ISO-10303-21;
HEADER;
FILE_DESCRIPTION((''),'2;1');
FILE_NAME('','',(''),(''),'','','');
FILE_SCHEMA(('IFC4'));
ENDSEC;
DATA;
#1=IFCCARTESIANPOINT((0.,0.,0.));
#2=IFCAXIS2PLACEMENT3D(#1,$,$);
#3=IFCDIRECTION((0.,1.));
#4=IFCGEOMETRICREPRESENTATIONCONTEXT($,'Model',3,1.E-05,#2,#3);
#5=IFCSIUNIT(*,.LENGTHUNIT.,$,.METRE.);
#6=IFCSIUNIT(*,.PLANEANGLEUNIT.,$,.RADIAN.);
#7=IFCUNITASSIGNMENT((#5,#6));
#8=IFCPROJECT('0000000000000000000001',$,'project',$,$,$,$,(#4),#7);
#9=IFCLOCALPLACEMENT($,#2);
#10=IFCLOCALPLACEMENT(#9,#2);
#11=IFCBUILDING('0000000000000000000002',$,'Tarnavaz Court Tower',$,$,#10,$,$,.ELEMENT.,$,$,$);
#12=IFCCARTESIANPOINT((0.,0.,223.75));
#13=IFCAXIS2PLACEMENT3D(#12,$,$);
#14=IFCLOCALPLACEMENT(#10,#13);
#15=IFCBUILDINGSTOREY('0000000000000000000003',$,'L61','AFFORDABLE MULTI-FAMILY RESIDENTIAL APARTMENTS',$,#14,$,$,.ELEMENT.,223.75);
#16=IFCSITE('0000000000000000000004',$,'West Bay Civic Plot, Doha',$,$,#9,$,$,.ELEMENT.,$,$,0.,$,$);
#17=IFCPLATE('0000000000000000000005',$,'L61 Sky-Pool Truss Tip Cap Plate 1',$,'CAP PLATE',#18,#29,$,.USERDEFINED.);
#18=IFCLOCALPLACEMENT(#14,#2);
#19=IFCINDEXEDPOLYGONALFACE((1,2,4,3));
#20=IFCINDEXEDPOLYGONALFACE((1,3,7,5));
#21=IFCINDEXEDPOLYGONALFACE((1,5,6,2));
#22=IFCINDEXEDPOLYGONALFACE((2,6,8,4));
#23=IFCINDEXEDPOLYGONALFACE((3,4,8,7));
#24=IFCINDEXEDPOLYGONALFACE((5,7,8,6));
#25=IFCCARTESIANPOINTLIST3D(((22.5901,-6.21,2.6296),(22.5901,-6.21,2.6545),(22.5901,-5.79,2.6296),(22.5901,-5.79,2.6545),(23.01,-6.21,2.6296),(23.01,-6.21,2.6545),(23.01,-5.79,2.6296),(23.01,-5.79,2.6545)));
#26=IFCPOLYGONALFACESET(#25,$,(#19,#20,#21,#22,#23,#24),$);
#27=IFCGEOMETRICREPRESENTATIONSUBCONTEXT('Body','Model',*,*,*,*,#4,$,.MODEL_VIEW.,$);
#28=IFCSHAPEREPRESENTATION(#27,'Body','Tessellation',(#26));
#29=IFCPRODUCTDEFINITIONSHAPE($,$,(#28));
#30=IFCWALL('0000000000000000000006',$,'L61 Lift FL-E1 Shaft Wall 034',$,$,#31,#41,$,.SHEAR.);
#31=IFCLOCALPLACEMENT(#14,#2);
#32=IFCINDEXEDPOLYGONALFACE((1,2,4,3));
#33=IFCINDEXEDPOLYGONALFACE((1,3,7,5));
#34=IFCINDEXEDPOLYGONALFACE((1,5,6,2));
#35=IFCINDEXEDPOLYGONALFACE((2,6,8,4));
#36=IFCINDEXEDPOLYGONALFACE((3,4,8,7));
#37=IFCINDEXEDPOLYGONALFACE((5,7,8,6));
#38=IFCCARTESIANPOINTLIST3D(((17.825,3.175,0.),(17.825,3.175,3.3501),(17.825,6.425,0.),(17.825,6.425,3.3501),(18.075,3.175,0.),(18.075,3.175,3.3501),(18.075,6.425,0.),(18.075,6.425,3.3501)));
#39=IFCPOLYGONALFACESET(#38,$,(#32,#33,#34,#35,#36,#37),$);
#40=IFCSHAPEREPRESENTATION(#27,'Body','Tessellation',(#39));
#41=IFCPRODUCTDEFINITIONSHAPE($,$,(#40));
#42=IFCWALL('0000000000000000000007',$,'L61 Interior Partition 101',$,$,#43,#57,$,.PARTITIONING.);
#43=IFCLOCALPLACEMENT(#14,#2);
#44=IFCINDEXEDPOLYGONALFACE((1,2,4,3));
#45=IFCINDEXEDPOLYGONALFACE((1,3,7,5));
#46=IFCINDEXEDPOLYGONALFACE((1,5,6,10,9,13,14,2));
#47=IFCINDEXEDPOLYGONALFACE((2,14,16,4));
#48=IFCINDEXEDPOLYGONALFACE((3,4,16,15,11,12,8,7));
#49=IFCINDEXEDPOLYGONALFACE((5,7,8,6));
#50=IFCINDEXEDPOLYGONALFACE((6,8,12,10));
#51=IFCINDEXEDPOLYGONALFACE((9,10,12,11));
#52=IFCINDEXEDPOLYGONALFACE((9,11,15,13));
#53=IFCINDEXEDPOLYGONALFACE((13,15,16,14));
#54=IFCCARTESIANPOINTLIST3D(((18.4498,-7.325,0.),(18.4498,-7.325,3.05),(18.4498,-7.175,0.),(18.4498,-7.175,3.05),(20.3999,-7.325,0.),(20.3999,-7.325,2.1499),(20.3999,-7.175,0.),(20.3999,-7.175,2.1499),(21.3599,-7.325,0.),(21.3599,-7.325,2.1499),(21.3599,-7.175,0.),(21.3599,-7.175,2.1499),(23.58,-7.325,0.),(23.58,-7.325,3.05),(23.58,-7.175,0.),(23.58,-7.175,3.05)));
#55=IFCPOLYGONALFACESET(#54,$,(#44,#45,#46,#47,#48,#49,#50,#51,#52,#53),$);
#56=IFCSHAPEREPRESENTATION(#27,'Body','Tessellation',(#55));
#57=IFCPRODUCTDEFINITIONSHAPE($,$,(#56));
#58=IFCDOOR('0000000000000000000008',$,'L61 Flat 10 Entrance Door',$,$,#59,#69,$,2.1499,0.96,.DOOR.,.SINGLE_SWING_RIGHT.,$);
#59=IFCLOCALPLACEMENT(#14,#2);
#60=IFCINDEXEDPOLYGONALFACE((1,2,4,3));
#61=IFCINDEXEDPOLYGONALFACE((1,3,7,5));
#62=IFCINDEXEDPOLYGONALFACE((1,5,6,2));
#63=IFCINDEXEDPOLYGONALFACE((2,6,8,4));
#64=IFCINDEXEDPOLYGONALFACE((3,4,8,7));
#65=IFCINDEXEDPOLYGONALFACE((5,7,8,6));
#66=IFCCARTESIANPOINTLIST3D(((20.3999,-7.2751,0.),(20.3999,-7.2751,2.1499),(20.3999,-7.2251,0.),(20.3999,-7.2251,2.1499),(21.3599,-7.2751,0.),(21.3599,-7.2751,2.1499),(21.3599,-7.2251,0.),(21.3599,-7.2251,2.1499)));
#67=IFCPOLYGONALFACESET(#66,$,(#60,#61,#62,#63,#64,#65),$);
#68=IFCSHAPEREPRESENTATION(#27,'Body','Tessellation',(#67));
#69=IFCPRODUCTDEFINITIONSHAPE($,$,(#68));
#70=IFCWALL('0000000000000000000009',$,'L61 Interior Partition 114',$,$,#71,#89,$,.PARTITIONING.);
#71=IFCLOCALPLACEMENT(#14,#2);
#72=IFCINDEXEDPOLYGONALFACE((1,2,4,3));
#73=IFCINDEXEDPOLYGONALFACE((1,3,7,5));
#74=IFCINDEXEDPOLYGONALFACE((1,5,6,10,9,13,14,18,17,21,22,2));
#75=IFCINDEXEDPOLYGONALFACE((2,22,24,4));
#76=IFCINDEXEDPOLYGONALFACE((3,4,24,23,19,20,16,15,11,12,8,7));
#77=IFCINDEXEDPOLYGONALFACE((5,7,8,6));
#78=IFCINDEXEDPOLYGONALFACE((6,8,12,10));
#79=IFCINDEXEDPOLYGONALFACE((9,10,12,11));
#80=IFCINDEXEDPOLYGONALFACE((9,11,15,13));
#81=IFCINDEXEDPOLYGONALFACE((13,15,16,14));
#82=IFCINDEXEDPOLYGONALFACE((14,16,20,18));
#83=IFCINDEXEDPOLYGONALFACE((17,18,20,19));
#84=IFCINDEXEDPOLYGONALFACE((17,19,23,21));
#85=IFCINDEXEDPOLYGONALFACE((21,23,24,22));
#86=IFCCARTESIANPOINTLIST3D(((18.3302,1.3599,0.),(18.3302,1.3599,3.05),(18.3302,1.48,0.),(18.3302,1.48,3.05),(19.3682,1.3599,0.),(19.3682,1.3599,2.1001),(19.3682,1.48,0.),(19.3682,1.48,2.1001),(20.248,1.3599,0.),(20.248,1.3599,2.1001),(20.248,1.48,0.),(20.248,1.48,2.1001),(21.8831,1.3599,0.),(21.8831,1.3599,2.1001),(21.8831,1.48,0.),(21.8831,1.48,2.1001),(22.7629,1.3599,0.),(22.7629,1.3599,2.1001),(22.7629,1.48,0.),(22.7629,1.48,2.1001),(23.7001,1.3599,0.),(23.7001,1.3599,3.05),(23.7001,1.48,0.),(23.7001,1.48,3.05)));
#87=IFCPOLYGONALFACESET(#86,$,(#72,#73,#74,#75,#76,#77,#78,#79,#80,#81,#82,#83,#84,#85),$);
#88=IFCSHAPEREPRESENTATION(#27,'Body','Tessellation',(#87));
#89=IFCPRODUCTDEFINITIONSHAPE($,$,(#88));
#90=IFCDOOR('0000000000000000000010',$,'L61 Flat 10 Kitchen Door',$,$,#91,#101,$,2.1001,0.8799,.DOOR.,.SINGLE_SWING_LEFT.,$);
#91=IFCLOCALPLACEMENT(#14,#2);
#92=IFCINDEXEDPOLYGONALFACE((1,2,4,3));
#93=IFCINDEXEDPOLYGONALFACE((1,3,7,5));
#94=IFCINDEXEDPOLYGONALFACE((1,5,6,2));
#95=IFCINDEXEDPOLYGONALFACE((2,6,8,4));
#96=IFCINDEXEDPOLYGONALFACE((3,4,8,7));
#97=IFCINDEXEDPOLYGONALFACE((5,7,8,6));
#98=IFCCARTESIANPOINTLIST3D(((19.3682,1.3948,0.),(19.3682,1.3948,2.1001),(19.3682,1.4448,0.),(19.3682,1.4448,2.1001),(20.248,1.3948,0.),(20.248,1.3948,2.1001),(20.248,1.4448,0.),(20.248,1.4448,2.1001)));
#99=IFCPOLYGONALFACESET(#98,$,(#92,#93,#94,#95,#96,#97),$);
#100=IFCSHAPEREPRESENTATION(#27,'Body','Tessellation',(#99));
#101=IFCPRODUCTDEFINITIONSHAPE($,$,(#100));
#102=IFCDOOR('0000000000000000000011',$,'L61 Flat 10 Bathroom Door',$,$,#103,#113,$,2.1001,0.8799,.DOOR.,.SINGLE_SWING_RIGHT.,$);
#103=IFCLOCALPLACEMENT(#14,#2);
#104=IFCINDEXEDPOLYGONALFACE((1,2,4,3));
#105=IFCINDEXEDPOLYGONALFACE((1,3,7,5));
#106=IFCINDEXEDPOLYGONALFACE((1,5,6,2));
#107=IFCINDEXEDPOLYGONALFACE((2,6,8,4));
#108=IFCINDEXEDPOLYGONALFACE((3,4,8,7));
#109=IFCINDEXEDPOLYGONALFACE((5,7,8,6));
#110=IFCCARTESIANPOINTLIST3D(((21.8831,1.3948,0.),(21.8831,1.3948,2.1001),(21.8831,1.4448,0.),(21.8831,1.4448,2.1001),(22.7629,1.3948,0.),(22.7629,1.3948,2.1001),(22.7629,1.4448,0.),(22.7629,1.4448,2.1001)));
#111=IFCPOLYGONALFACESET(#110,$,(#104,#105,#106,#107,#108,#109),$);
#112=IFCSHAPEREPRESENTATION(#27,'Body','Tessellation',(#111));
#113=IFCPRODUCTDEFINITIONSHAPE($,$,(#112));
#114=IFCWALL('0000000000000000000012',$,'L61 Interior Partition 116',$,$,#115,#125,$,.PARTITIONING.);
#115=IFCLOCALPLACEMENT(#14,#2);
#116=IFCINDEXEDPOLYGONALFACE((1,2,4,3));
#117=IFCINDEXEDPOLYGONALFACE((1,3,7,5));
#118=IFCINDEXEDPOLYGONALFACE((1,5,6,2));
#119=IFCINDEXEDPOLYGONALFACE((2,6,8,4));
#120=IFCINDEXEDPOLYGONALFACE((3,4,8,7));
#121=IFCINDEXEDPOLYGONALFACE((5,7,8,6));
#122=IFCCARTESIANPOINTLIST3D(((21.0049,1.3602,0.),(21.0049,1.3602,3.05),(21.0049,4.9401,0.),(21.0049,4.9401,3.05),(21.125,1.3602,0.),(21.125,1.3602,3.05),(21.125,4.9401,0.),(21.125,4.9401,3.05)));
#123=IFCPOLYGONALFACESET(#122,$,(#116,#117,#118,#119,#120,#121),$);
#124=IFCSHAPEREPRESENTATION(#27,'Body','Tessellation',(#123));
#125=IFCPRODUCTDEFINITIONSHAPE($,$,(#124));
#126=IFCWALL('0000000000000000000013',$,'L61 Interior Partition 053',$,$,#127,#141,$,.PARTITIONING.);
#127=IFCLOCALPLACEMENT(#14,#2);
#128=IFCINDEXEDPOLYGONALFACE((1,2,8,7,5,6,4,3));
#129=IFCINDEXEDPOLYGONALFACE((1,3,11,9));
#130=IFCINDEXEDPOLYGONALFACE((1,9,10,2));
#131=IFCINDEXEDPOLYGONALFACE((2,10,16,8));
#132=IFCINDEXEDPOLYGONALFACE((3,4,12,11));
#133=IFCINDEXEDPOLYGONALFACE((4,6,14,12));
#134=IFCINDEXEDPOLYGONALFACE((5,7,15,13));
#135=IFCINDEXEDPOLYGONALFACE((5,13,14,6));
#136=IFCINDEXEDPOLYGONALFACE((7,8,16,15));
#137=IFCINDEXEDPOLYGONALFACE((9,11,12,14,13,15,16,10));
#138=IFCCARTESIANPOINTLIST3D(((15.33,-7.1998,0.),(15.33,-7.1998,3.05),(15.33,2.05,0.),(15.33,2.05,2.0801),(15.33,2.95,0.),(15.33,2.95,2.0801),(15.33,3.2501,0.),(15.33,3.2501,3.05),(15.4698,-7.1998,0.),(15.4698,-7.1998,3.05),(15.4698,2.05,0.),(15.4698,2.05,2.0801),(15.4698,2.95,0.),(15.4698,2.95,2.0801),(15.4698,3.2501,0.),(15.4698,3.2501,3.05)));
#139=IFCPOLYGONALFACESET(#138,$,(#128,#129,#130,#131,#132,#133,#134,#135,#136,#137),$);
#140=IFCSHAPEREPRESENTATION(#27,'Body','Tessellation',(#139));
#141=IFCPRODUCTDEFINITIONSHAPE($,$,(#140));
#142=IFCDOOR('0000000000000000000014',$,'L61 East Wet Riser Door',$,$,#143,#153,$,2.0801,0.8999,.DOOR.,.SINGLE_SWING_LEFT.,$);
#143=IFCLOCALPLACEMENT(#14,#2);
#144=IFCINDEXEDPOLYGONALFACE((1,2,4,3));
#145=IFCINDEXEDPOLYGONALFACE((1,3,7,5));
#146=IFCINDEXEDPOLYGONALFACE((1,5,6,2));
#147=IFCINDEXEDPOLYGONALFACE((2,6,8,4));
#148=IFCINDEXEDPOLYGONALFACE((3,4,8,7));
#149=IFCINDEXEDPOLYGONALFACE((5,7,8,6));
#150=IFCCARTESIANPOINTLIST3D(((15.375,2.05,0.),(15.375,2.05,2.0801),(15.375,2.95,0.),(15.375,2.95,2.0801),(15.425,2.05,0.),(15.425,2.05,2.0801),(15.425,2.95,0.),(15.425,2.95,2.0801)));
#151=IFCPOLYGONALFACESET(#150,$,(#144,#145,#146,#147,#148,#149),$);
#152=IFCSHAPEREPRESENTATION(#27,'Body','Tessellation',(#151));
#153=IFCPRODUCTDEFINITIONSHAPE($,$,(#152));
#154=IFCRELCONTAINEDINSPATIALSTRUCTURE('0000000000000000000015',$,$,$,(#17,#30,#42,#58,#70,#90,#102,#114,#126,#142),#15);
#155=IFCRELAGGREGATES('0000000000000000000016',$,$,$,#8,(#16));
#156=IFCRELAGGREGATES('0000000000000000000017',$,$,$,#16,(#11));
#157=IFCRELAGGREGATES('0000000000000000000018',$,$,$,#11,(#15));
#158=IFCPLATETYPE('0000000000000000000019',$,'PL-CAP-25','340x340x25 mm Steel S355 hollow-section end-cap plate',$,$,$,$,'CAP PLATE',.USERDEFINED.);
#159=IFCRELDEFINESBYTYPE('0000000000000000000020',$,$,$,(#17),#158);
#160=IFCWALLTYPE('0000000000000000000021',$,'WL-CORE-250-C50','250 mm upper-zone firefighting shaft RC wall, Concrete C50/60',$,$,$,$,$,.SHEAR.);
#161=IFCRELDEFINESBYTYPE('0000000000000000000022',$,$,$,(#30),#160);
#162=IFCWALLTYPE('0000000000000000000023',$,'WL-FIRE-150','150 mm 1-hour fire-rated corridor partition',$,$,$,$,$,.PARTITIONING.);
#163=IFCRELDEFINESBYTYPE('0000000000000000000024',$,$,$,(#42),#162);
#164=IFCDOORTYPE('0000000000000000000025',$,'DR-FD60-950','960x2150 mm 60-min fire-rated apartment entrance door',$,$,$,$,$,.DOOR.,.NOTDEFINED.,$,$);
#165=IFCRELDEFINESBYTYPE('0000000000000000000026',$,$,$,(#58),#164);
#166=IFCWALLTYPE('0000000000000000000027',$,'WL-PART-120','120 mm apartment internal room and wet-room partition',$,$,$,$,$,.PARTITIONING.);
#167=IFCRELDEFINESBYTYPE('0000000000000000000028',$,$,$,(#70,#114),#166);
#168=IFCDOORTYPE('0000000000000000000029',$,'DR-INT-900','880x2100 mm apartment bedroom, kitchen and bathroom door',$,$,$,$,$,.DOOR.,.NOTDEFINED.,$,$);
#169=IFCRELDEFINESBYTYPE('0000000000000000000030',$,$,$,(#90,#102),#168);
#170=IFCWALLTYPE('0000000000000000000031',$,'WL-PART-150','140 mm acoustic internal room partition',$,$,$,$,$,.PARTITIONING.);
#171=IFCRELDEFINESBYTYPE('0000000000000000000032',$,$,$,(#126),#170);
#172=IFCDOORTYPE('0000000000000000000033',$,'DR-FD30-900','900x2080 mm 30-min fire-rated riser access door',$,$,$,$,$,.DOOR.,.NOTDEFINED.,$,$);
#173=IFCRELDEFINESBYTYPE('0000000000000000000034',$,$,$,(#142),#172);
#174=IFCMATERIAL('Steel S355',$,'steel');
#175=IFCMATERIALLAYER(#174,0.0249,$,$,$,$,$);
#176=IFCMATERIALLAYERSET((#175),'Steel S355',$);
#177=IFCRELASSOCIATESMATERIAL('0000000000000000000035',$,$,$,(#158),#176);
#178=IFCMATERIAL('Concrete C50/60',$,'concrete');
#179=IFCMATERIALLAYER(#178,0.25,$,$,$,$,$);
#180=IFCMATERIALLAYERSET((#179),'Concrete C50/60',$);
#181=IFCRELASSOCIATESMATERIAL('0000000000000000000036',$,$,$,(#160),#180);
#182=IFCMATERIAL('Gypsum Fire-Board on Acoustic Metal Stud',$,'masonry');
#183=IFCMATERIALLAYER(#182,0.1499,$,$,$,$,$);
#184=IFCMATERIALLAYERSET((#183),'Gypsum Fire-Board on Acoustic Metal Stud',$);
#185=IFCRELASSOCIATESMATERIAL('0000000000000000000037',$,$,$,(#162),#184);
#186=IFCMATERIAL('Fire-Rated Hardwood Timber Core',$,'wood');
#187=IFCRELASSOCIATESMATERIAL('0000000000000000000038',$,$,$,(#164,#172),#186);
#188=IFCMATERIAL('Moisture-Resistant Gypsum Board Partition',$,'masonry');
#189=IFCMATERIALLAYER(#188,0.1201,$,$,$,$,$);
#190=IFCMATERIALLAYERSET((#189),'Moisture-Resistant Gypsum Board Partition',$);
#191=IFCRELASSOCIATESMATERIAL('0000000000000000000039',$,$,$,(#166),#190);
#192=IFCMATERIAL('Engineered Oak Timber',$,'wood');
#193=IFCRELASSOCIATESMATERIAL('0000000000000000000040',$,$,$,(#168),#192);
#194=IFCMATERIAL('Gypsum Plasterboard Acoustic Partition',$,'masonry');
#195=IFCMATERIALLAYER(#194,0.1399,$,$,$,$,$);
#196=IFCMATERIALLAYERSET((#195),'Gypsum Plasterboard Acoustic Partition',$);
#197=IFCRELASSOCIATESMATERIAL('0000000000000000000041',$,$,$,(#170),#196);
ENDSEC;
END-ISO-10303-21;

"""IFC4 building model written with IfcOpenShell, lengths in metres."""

from ifc_helpers import new_model, si_unit, direction, frame, frame_2d, origin, origin_2d, place, context, subcontext, project, spatial, rectangle, extrude, material, layer, layer_set, type_object, element, fill, save


model = new_model("IFC4")

# Units and contexts
model_context = context("Model", 3, precision=1e-05, world=origin(), true_north=direction((0.0, 1.0)))
body_context = subcontext(model_context, "Body", "Model", "MODEL_VIEW")
ifc_project = project(units=[si_unit("LENGTHUNIT", "METRE"), si_unit("PLANEANGLEUNIT", "RADIAN")], contexts=[model_context])

# Site, building, storey
site_placement = place(None, origin())
site = spatial("IfcSite", under=ifc_project, at=site_placement, Name="West Bay Civic Plot, Doha", CompositionType="ELEMENT", RefElevation=0.0)
building_placement = place(site_placement, origin())
building = spatial("IfcBuilding", under=site, at=building_placement, Name="Tarnavaz Court Tower", CompositionType="ELEMENT")
storey_placement = place(building_placement, frame((0.0, 0.0, 223.75)))
storey = spatial("IfcBuildingStorey", under=building, at=storey_placement, Name="L61", Description="AFFORDABLE MULTI-FAMILY RESIDENTIAL APARTMENTS", CompositionType="ELEMENT", Elevation=223.75)

# Shared definitions
ifc_material_1 = material(Name="Concrete C50/60", Category="concrete")

# Shared definitions
ifc_material_2 = material(Name="Steel S355", Category="steel")

# Plate
ifc_layer_1 = layer(ifc_material_2, 0.0249)
ifc_layer_set_1 = layer_set([ifc_layer_1], Name="Steel S355")
plate_type = type_object("IfcPlateType", Name="PL-CAP-25", Description="340x340x25 mm Steel S355 hollow-section end-cap plate", ElementType="CAP PLATE", PredefinedType="USERDEFINED", material=ifc_layer_set_1)
plate_placement = place(storey_placement, frame((22.8, -6.0, 2.6296), z_axis=(0.0, 0.0, 1.0), x_axis=(1.0, 0.0, 0.0)))
element("IfcPlate", 1, at=plate_placement, inside=storey, type_object=plate_type, Name="L61 Sky-Pool Truss Tip Cap Plate 1", ObjectType="CAP PLATE", PredefinedType="USERDEFINED", context=body_context, shape_type="SweptSolid", body=[
    extrude(rectangle(XDim=0.4199, YDim=0.4199, at=origin_2d()), origin(), (0.0, 0.0, 1.0), 0.0249),
])

# Shared definitions
ifc_layer_2 = layer(ifc_material_1, 0.25)
ifc_layer_set_2 = layer_set([ifc_layer_2], Name="Concrete C50/60")
wall_type_1 = type_object("IfcWallType", Name="WL-CORE-250-C50", Description="250 mm upper-zone firefighting shaft RC wall, Concrete C50/60", PredefinedType="SHEAR", material=ifc_layer_set_2)

# Wall
wall_1_placement = place(storey_placement, frame((17.95, 3.175, 0.0), z_axis=(0.0, 0.0, 1.0), x_axis=(0.0, 1.0, 0.0)))
element("IfcWall", 2, at=wall_1_placement, inside=storey, type_object=wall_type_1, Name="L61 Lift FL-E1 Shaft Wall 034", PredefinedType="SHEAR", context=body_context, shape_type="SweptSolid", body=[
    extrude(rectangle(XDim=3.25, YDim=0.25, at=frame_2d((1.625, 0.0))), origin(), (0.0, 0.0, 1.0), 3.3501),
])

# Wall, opening, door
ifc_material_3 = material(Name="Gypsum Fire-Board on Acoustic Metal Stud", Category="masonry")
ifc_layer_3 = layer(ifc_material_3, 0.1499)
ifc_layer_set_3 = layer_set([ifc_layer_3], Name="Gypsum Fire-Board on Acoustic Metal Stud")
wall_type_2 = type_object("IfcWallType", Name="WL-FIRE-150", Description="150 mm 1-hour fire-rated corridor partition", PredefinedType="PARTITIONING", material=ifc_layer_set_3)
wall_2_placement = place(storey_placement, frame((18.45, -7.25, 0.0), z_axis=(0.0, 0.0, 1.0), x_axis=(1.0, 0.0, 0.0)))
wall_2 = element("IfcWall", 3, at=wall_2_placement, inside=storey, type_object=wall_type_2, Name="L61 Interior Partition 101", PredefinedType="PARTITIONING", context=body_context, shape_type="SweptSolid", body=[
    extrude(rectangle(XDim=5.1301, YDim=0.1499, at=frame_2d((2.5649, 0.0))), origin(), (0.0, 0.0, 1.0), 3.05),
])
opening_1_placement = place(wall_2_placement, frame((1.95, 0.0, 0.0)))
opening_1 = element("IfcOpeningElement", 4, at=opening_1_placement, cuts=wall_2, PredefinedType="OPENING", context=body_context, shape_type="SweptSolid", body=[
    extrude(rectangle(XDim=0.96, YDim=2.1499, at=frame_2d((0.48, 1.075))), frame((0.0, 0.085, 0.0), z_axis=(0.0, -1.0, 0.0), x_axis=(1.0, 0.0, 0.0)), (0.0, 0.0, 1.0), 0.1699),
])
ifc_material_4 = material(Name="Fire-Rated Hardwood Timber Core", Category="wood")
door_type_1 = type_object("IfcDoorType", Name="DR-FD60-950", Description="960x2150 mm 60-min fire-rated apartment entrance door", OperationType="NOTDEFINED", PredefinedType="DOOR", material=ifc_material_4)
door_1_placement = place(opening_1_placement, origin())
door_1 = element("IfcDoor", 5, at=door_1_placement, inside=storey, type_object=door_type_1, Name="L61 Flat 10 Entrance Door", OperationType="SINGLE_SWING_RIGHT", OverallHeight=2.1499, OverallWidth=0.96, PredefinedType="DOOR", context=body_context, shape_type="SweptSolid", body=[
    extrude(rectangle(XDim=0.96, YDim=2.1499, at=frame_2d((0.48, 1.075))), frame((0.0, 0.0249, 0.0), z_axis=(0.0, -1.0, 0.0), x_axis=(1.0, 0.0, 0.0)), (0.0, 0.0, 1.0), 0.05),
])
fill(opening_1, door_1)

# Wall, openings, doors
ifc_material_5 = material(Name="Moisture-Resistant Gypsum Board Partition", Category="masonry")
ifc_layer_4 = layer(ifc_material_5, 0.1201)
ifc_layer_set_4 = layer_set([ifc_layer_4], Name="Moisture-Resistant Gypsum Board Partition")
wall_type_3 = type_object("IfcWallType", Name="WL-PART-120", Description="120 mm apartment internal room and wet-room partition", PredefinedType="PARTITIONING", material=ifc_layer_set_4)
wall_3_placement = place(storey_placement, frame((18.3301, 1.4199, 0.0), z_axis=(0.0, 0.0, 1.0), x_axis=(1.0, 0.0, 0.0)))
wall_3 = element("IfcWall", 6, at=wall_3_placement, inside=storey, type_object=wall_type_3, Name="L61 Interior Partition 114", PredefinedType="PARTITIONING", context=body_context, shape_type="SweptSolid", body=[
    extrude(rectangle(XDim=5.3699, YDim=0.1201, at=frame_2d((2.6851, 0.0))), origin(), (0.0, 0.0, 1.0), 3.05),
])
opening_2_placement = place(wall_3_placement, frame((1.0381, 0.0, 0.0)))
opening_2 = element("IfcOpeningElement", 7, at=opening_2_placement, cuts=wall_3, PredefinedType="OPENING", context=body_context, shape_type="SweptSolid", body=[
    extrude(rectangle(XDim=0.8799, YDim=2.1001, at=frame_2d((0.4399, 1.05))), frame((0.0, 0.0701, 0.0), z_axis=(0.0, -1.0, 0.0), x_axis=(1.0, 0.0, 0.0)), (0.0, 0.0, 1.0), 0.1401),
])
opening_3_placement = place(wall_3_placement, frame((3.553, 0.0, 0.0)))
opening_3 = element("IfcOpeningElement", 8, at=opening_3_placement, cuts=wall_3, PredefinedType="OPENING", context=body_context, shape_type="SweptSolid", body=[
    extrude(rectangle(XDim=0.8799, YDim=2.1001, at=frame_2d((0.4399, 1.05))), frame((0.0, 0.0701, 0.0), z_axis=(0.0, -1.0, 0.0), x_axis=(1.0, 0.0, 0.0)), (0.0, 0.0, 1.0), 0.1401),
])
ifc_material_6 = material(Name="Engineered Oak Timber", Category="wood")
door_type_2 = type_object("IfcDoorType", Name="DR-INT-900", Description="880x2100 mm apartment bedroom, kitchen and bathroom door", OperationType="NOTDEFINED", PredefinedType="DOOR", material=ifc_material_6)
door_2_placement = place(opening_2_placement, origin())
door_2 = element("IfcDoor", 9, at=door_2_placement, inside=storey, type_object=door_type_2, Name="L61 Flat 10 Kitchen Door", OperationType="SINGLE_SWING_LEFT", OverallHeight=2.1001, OverallWidth=0.8799, PredefinedType="DOOR", context=body_context, shape_type="SweptSolid", body=[
    extrude(rectangle(XDim=0.8799, YDim=2.1001, at=frame_2d((0.4399, 1.05))), frame((0.0, 0.0249, 0.0), z_axis=(0.0, -1.0, 0.0), x_axis=(1.0, 0.0, 0.0)), (0.0, 0.0, 1.0), 0.05),
])
fill(opening_2, door_2)
door_3_placement = place(opening_3_placement, origin())
door_3 = element("IfcDoor", 10, at=door_3_placement, inside=storey, type_object=door_type_2, Name="L61 Flat 10 Bathroom Door", OperationType="SINGLE_SWING_RIGHT", OverallHeight=2.1001, OverallWidth=0.8799, PredefinedType="DOOR", context=body_context, shape_type="SweptSolid", body=[
    extrude(rectangle(XDim=0.8799, YDim=2.1001, at=frame_2d((0.4399, 1.05))), frame((0.0, 0.0249, 0.0), z_axis=(0.0, -1.0, 0.0), x_axis=(1.0, 0.0, 0.0)), (0.0, 0.0, 1.0), 0.05),
])
fill(opening_3, door_3)

# Wall
wall_4_placement = place(storey_placement, frame((21.0649, 1.3601, 0.0), z_axis=(0.0, 0.0, 1.0), x_axis=(0.0, 1.0, 0.0)))
element("IfcWall", 11, at=wall_4_placement, inside=storey, type_object=wall_type_3, Name="L61 Interior Partition 116", PredefinedType="PARTITIONING", context=body_context, shape_type="SweptSolid", body=[
    extrude(rectangle(XDim=3.5798, YDim=0.1201, at=frame_2d((1.79, 0.0))), origin(), (0.0, 0.0, 1.0), 3.05),
])

# Wall, opening, door
ifc_material_7 = material(Name="Gypsum Plasterboard Acoustic Partition", Category="masonry")
ifc_layer_5 = layer(ifc_material_7, 0.1399)
ifc_layer_set_5 = layer_set([ifc_layer_5], Name="Gypsum Plasterboard Acoustic Partition")
wall_type_4 = type_object("IfcWallType", Name="WL-PART-150", Description="140 mm acoustic internal room partition", PredefinedType="PARTITIONING", material=ifc_layer_set_5)
wall_5_placement = place(storey_placement, frame((15.3999, -7.2, 0.0), z_axis=(0.0, 0.0, 1.0), x_axis=(0.0, 1.0, 0.0)))
wall_5 = element("IfcWall", 12, at=wall_5_placement, inside=storey, type_object=wall_type_4, Name="L61 Interior Partition 053", PredefinedType="PARTITIONING", context=body_context, shape_type="SweptSolid", body=[
    extrude(rectangle(XDim=10.45, YDim=0.1399, at=frame_2d((5.2251, 0.0))), origin(), (0.0, 0.0, 1.0), 3.05),
])
opening_4_placement = place(wall_5_placement, frame((9.25, 0.0, 0.0)))
opening_4 = element("IfcOpeningElement", 13, at=opening_4_placement, cuts=wall_5, PredefinedType="OPENING", context=body_context, shape_type="SweptSolid", body=[
    extrude(rectangle(XDim=0.8999, YDim=2.0801, at=frame_2d((0.45, 1.04))), frame((0.0, 0.0798, 0.0), z_axis=(0.0, -1.0, 0.0), x_axis=(1.0, 0.0, 0.0)), (0.0, 0.0, 1.0), 0.1599),
])
door_type_3 = type_object("IfcDoorType", Name="DR-FD30-900", Description="900x2080 mm 30-min fire-rated riser access door", OperationType="NOTDEFINED", PredefinedType="DOOR", material=ifc_material_4)
door_4_placement = place(opening_4_placement, origin())
door_4 = element("IfcDoor", 14, at=door_4_placement, inside=storey, type_object=door_type_3, Name="L61 East Wet Riser Door", OperationType="SINGLE_SWING_LEFT", OverallHeight=2.0801, OverallWidth=0.8999, PredefinedType="DOOR", context=body_context, shape_type="SweptSolid", body=[
    extrude(rectangle(XDim=0.8999, YDim=2.0801, at=frame_2d((0.45, 1.04))), frame((0.0, 0.0249, 0.0), z_axis=(0.0, -1.0, 0.0), x_axis=(1.0, 0.0, 0.0)), (0.0, 0.0, 1.0), 0.05),
])
fill(opening_4, door_4)

save(model, "model.ifc")
